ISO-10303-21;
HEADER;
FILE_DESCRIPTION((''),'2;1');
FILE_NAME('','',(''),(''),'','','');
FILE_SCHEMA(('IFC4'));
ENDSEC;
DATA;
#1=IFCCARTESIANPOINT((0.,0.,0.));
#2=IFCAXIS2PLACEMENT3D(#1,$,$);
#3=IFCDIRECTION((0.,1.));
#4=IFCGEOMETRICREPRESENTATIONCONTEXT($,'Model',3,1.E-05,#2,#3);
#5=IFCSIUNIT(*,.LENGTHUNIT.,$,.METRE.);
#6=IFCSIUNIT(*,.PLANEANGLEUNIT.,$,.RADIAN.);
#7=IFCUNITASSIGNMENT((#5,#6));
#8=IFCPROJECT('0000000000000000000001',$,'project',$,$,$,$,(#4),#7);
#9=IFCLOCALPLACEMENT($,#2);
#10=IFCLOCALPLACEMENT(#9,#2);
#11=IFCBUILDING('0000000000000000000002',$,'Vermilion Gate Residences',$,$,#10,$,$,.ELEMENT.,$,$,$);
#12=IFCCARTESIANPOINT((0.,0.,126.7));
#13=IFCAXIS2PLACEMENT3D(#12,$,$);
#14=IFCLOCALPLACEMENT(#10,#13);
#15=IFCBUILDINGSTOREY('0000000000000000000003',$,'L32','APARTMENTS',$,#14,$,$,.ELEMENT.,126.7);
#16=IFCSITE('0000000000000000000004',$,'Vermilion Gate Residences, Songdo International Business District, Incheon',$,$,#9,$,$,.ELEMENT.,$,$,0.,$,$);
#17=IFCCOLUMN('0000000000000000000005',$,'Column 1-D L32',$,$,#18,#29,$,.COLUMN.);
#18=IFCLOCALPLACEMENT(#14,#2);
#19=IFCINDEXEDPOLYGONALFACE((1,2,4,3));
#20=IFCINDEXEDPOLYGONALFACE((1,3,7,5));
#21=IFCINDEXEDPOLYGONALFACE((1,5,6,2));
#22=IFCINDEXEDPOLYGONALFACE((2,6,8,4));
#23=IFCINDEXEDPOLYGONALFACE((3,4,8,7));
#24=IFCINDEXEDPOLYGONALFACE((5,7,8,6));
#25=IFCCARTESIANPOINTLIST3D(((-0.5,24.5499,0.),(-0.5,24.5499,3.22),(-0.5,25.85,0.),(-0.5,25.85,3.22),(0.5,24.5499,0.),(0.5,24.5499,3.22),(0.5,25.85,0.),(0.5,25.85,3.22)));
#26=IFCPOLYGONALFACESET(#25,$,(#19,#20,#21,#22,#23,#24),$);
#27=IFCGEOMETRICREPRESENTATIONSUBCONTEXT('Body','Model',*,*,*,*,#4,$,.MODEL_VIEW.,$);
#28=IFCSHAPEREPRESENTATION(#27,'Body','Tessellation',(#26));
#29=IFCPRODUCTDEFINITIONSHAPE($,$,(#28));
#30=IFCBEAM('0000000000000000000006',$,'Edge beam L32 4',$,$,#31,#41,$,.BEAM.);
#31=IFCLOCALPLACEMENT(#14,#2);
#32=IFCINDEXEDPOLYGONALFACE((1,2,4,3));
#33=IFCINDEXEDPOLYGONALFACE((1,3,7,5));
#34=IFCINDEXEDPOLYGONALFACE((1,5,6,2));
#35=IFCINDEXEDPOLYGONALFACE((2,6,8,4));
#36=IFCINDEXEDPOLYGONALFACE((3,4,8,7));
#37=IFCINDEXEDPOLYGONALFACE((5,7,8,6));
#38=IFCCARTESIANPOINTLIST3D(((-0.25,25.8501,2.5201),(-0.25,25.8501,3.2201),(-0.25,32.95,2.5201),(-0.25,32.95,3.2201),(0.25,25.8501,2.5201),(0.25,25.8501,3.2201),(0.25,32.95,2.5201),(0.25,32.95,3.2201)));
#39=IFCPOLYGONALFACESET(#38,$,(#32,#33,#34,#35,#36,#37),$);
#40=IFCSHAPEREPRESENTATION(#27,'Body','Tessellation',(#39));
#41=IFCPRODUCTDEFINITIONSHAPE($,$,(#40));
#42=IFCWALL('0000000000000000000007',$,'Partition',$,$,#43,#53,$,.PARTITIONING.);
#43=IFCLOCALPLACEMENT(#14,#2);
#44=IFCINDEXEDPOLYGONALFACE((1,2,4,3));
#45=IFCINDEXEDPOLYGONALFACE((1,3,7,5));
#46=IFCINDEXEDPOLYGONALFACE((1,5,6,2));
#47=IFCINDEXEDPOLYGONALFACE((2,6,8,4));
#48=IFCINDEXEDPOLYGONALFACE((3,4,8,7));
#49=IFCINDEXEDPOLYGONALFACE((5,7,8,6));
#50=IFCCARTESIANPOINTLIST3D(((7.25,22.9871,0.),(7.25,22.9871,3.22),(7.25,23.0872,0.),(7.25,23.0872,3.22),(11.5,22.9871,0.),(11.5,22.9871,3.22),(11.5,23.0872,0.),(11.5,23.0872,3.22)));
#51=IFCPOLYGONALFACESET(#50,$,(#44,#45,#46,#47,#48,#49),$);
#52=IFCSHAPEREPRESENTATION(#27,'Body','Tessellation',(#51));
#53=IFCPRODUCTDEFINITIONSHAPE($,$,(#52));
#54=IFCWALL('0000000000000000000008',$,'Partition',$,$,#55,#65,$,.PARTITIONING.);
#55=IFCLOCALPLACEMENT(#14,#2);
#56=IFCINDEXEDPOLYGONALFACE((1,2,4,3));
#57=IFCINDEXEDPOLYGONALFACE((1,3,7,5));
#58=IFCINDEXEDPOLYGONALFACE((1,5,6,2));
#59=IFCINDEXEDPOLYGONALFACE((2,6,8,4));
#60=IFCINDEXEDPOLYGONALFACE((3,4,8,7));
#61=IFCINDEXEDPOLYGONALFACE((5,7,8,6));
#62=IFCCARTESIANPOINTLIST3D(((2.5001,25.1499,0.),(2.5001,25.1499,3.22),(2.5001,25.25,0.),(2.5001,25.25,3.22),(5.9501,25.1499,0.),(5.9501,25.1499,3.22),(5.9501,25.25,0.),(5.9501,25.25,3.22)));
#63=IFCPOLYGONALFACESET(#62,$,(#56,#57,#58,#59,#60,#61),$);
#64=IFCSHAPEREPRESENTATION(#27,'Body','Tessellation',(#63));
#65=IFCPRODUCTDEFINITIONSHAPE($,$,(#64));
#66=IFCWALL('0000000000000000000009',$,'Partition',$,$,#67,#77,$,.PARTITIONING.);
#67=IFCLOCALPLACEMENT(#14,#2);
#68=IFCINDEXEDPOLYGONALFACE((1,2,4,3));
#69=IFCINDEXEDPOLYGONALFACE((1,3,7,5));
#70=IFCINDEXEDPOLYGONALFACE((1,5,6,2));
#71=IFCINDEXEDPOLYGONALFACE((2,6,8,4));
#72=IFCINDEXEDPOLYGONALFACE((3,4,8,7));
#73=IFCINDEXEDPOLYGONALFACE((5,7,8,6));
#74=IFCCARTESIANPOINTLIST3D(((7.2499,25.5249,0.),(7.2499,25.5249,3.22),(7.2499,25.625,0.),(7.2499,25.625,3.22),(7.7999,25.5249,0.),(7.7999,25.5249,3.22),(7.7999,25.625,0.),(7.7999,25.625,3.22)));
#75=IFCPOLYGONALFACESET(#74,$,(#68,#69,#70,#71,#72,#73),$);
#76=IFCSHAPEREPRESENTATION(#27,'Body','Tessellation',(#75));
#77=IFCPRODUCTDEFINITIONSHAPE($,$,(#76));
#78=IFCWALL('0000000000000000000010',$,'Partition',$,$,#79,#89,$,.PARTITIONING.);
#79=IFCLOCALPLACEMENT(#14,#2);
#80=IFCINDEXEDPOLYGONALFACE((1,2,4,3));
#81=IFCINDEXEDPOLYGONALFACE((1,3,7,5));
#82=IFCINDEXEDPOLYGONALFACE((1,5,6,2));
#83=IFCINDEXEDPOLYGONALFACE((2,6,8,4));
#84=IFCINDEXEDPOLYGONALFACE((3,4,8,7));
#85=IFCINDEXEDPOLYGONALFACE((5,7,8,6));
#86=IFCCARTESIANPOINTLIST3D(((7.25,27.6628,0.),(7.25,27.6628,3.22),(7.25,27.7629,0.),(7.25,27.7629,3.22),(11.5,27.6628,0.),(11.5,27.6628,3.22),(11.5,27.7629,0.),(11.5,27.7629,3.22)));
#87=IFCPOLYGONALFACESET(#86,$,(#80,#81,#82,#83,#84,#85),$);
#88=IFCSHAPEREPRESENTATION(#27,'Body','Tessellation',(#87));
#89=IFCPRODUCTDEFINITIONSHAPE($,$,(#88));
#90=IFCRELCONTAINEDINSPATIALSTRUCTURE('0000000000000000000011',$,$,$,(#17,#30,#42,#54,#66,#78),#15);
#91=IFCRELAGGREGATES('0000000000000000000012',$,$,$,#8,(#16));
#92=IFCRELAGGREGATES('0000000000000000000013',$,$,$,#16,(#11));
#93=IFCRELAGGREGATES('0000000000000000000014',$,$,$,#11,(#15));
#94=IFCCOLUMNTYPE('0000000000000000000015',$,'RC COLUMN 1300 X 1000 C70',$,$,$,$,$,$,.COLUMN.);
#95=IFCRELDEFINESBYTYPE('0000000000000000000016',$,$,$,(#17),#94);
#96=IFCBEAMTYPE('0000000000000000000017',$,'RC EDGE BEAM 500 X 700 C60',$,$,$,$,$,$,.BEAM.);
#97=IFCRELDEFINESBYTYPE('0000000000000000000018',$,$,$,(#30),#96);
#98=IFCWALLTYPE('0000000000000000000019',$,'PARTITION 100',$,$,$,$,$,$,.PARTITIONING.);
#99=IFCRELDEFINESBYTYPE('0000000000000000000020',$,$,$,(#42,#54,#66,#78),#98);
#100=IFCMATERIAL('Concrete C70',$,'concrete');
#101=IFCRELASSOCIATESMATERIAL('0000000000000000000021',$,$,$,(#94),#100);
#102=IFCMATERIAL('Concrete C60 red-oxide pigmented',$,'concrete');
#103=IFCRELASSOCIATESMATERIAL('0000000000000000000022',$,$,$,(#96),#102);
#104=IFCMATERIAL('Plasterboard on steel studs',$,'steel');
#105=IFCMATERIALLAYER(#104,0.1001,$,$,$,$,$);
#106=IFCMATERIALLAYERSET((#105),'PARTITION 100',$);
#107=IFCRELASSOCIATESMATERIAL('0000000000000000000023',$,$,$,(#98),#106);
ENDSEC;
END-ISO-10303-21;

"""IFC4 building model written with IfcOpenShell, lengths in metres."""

from ifc_helpers import new_model, si_unit, direction, frame, frame_2d, origin, origin_2d, place, context, subcontext, project, spatial, rectangle, extrude, material, layer, layer_set, material_profile, profile_set, type_object, element, save


model = new_model("IFC4")

# Units and contexts
model_context = context("Model", 3, precision=1e-05, world=origin(), true_north=direction((0.0, 1.0)))
body_context = subcontext(model_context, "Body", "Model", "MODEL_VIEW")
ifc_project = project(units=[si_unit("LENGTHUNIT", "METRE"), si_unit("PLANEANGLEUNIT", "RADIAN")], contexts=[model_context])

# Site, building, storey
site_placement = place(None, origin())
site = spatial("IfcSite", under=ifc_project, at=site_placement, Name="Vermilion Gate Residences, Songdo International Business District, Incheon", CompositionType="ELEMENT", RefElevation=0.0)
building_placement = place(site_placement, origin())
building = spatial("IfcBuilding", under=site, at=building_placement, Name="Vermilion Gate Residences", CompositionType="ELEMENT")
storey_placement = place(building_placement, frame((0.0, 0.0, 126.7)))
storey = spatial("IfcBuildingStorey", under=building, at=storey_placement, Name="L32", Description="APARTMENTS", CompositionType="ELEMENT", Elevation=126.7)

# Column
ifc_material_1 = material(Name="Concrete C70", Category="concrete")
ifc_material_profile_1 = material_profile(ifc_material_1, rectangle(XDim=1.3, YDim=1.0, at=origin_2d()), Name="RC-1300x1000")
ifc_profile_set_1 = profile_set([ifc_material_profile_1], Name="Concrete C70")
column_type = type_object("IfcColumnType", Name="RC COLUMN 1300 X 1000 C70", PredefinedType="COLUMN", material=ifc_profile_set_1)
column_placement = place(storey_placement, frame((0.0, 25.2, 0.0), z_axis=(0.0, 0.0, 1.0), x_axis=(0.0, 1.0, 0.0)))
element("IfcColumn", 1, at=column_placement, inside=storey, type_object=column_type, Name="Column 1-D L32", PredefinedType="COLUMN", context=body_context, shape_type="SweptSolid", body=[
    extrude(rectangle(XDim=1.3, YDim=1.0, at=origin_2d()), origin(), (0.0, 0.0, 1.0), 3.22),
])

# Beam
ifc_material_2 = material(Name="Concrete C60 red-oxide pigmented", Category="concrete")
ifc_material_profile_2 = material_profile(ifc_material_2, rectangle(XDim=0.5, YDim=0.7, at=origin_2d()), Name="RC-500x700")
ifc_profile_set_2 = profile_set([ifc_material_profile_2], Name="Concrete C60 red-oxide pigmented")
beam_type = type_object("IfcBeamType", Name="RC EDGE BEAM 500 X 700 C60", PredefinedType="BEAM", material=ifc_profile_set_2)
beam_placement = place(storey_placement, frame((0.0, 25.8501, 2.8701), z_axis=(0.0, 1.0, 0.0), x_axis=(-1.0, 0.0, 0.0)))
element("IfcBeam", 2, at=beam_placement, inside=storey, type_object=beam_type, Name="Edge beam L32 4", PredefinedType="BEAM", context=body_context, shape_type="SweptSolid", body=[
    extrude(rectangle(XDim=0.5, YDim=0.7, at=origin_2d()), origin(), (0.0, 0.0, 1.0), 7.0999),
])

# Walls
ifc_material_3 = material(Name="Plasterboard on steel studs", Category="steel")
ifc_layer = layer(ifc_material_3, 0.1001)
ifc_layer_set = layer_set([ifc_layer], Name="PARTITION 100")
wall_type = type_object("IfcWallType", Name="PARTITION 100", PredefinedType="PARTITIONING", material=ifc_layer_set)
wall_1_placement = place(storey_placement, frame((7.25, 23.0371, 0.0), z_axis=(0.0, 0.0, 1.0), x_axis=(1.0, 0.0, 0.0)))
element("IfcWall", 3, at=wall_1_placement, inside=storey, type_object=wall_type, Name="Partition", PredefinedType="PARTITIONING", context=body_context, shape_type="SweptSolid", body=[
    extrude(rectangle(XDim=4.25, YDim=0.1001, at=frame_2d((2.125, 0.0))), origin(), (0.0, 0.0, 1.0), 3.22),
])
wall_2_placement = place(storey_placement, frame((2.5, 25.2, 0.0), z_axis=(0.0, 0.0, 1.0), x_axis=(1.0, 0.0, 0.0)))
element("IfcWall", 4, at=wall_2_placement, inside=storey, type_object=wall_type, Name="Partition", PredefinedType="PARTITIONING", context=body_context, shape_type="SweptSolid", body=[
    extrude(rectangle(XDim=3.45, YDim=0.1001, at=frame_2d((1.7251, 0.0))), origin(), (0.0, 0.0, 1.0), 3.22),
])
wall_3_placement = place(storey_placement, frame((7.25, 25.575, 0.0), z_axis=(0.0, 0.0, 1.0), x_axis=(1.0, 0.0, 0.0)))
element("IfcWall", 5, at=wall_3_placement, inside=storey, type_object=wall_type, Name="Partition", PredefinedType="PARTITIONING", context=body_context, shape_type="SweptSolid", body=[
    extrude(rectangle(XDim=0.55, YDim=0.1001, at=frame_2d((0.2749, 0.0))), origin(), (0.0, 0.0, 1.0), 3.22),
])
wall_4_placement = place(storey_placement, frame((7.25, 27.7129, 0.0), z_axis=(0.0, 0.0, 1.0), x_axis=(1.0, 0.0, 0.0)))
element("IfcWall", 6, at=wall_4_placement, inside=storey, type_object=wall_type, Name="Partition", PredefinedType="PARTITIONING", context=body_context, shape_type="SweptSolid", body=[
    extrude(rectangle(XDim=4.25, YDim=0.1001, at=frame_2d((2.125, 0.0))), origin(), (0.0, 0.0, 1.0), 3.22),
])

save(model, "model.ifc")
